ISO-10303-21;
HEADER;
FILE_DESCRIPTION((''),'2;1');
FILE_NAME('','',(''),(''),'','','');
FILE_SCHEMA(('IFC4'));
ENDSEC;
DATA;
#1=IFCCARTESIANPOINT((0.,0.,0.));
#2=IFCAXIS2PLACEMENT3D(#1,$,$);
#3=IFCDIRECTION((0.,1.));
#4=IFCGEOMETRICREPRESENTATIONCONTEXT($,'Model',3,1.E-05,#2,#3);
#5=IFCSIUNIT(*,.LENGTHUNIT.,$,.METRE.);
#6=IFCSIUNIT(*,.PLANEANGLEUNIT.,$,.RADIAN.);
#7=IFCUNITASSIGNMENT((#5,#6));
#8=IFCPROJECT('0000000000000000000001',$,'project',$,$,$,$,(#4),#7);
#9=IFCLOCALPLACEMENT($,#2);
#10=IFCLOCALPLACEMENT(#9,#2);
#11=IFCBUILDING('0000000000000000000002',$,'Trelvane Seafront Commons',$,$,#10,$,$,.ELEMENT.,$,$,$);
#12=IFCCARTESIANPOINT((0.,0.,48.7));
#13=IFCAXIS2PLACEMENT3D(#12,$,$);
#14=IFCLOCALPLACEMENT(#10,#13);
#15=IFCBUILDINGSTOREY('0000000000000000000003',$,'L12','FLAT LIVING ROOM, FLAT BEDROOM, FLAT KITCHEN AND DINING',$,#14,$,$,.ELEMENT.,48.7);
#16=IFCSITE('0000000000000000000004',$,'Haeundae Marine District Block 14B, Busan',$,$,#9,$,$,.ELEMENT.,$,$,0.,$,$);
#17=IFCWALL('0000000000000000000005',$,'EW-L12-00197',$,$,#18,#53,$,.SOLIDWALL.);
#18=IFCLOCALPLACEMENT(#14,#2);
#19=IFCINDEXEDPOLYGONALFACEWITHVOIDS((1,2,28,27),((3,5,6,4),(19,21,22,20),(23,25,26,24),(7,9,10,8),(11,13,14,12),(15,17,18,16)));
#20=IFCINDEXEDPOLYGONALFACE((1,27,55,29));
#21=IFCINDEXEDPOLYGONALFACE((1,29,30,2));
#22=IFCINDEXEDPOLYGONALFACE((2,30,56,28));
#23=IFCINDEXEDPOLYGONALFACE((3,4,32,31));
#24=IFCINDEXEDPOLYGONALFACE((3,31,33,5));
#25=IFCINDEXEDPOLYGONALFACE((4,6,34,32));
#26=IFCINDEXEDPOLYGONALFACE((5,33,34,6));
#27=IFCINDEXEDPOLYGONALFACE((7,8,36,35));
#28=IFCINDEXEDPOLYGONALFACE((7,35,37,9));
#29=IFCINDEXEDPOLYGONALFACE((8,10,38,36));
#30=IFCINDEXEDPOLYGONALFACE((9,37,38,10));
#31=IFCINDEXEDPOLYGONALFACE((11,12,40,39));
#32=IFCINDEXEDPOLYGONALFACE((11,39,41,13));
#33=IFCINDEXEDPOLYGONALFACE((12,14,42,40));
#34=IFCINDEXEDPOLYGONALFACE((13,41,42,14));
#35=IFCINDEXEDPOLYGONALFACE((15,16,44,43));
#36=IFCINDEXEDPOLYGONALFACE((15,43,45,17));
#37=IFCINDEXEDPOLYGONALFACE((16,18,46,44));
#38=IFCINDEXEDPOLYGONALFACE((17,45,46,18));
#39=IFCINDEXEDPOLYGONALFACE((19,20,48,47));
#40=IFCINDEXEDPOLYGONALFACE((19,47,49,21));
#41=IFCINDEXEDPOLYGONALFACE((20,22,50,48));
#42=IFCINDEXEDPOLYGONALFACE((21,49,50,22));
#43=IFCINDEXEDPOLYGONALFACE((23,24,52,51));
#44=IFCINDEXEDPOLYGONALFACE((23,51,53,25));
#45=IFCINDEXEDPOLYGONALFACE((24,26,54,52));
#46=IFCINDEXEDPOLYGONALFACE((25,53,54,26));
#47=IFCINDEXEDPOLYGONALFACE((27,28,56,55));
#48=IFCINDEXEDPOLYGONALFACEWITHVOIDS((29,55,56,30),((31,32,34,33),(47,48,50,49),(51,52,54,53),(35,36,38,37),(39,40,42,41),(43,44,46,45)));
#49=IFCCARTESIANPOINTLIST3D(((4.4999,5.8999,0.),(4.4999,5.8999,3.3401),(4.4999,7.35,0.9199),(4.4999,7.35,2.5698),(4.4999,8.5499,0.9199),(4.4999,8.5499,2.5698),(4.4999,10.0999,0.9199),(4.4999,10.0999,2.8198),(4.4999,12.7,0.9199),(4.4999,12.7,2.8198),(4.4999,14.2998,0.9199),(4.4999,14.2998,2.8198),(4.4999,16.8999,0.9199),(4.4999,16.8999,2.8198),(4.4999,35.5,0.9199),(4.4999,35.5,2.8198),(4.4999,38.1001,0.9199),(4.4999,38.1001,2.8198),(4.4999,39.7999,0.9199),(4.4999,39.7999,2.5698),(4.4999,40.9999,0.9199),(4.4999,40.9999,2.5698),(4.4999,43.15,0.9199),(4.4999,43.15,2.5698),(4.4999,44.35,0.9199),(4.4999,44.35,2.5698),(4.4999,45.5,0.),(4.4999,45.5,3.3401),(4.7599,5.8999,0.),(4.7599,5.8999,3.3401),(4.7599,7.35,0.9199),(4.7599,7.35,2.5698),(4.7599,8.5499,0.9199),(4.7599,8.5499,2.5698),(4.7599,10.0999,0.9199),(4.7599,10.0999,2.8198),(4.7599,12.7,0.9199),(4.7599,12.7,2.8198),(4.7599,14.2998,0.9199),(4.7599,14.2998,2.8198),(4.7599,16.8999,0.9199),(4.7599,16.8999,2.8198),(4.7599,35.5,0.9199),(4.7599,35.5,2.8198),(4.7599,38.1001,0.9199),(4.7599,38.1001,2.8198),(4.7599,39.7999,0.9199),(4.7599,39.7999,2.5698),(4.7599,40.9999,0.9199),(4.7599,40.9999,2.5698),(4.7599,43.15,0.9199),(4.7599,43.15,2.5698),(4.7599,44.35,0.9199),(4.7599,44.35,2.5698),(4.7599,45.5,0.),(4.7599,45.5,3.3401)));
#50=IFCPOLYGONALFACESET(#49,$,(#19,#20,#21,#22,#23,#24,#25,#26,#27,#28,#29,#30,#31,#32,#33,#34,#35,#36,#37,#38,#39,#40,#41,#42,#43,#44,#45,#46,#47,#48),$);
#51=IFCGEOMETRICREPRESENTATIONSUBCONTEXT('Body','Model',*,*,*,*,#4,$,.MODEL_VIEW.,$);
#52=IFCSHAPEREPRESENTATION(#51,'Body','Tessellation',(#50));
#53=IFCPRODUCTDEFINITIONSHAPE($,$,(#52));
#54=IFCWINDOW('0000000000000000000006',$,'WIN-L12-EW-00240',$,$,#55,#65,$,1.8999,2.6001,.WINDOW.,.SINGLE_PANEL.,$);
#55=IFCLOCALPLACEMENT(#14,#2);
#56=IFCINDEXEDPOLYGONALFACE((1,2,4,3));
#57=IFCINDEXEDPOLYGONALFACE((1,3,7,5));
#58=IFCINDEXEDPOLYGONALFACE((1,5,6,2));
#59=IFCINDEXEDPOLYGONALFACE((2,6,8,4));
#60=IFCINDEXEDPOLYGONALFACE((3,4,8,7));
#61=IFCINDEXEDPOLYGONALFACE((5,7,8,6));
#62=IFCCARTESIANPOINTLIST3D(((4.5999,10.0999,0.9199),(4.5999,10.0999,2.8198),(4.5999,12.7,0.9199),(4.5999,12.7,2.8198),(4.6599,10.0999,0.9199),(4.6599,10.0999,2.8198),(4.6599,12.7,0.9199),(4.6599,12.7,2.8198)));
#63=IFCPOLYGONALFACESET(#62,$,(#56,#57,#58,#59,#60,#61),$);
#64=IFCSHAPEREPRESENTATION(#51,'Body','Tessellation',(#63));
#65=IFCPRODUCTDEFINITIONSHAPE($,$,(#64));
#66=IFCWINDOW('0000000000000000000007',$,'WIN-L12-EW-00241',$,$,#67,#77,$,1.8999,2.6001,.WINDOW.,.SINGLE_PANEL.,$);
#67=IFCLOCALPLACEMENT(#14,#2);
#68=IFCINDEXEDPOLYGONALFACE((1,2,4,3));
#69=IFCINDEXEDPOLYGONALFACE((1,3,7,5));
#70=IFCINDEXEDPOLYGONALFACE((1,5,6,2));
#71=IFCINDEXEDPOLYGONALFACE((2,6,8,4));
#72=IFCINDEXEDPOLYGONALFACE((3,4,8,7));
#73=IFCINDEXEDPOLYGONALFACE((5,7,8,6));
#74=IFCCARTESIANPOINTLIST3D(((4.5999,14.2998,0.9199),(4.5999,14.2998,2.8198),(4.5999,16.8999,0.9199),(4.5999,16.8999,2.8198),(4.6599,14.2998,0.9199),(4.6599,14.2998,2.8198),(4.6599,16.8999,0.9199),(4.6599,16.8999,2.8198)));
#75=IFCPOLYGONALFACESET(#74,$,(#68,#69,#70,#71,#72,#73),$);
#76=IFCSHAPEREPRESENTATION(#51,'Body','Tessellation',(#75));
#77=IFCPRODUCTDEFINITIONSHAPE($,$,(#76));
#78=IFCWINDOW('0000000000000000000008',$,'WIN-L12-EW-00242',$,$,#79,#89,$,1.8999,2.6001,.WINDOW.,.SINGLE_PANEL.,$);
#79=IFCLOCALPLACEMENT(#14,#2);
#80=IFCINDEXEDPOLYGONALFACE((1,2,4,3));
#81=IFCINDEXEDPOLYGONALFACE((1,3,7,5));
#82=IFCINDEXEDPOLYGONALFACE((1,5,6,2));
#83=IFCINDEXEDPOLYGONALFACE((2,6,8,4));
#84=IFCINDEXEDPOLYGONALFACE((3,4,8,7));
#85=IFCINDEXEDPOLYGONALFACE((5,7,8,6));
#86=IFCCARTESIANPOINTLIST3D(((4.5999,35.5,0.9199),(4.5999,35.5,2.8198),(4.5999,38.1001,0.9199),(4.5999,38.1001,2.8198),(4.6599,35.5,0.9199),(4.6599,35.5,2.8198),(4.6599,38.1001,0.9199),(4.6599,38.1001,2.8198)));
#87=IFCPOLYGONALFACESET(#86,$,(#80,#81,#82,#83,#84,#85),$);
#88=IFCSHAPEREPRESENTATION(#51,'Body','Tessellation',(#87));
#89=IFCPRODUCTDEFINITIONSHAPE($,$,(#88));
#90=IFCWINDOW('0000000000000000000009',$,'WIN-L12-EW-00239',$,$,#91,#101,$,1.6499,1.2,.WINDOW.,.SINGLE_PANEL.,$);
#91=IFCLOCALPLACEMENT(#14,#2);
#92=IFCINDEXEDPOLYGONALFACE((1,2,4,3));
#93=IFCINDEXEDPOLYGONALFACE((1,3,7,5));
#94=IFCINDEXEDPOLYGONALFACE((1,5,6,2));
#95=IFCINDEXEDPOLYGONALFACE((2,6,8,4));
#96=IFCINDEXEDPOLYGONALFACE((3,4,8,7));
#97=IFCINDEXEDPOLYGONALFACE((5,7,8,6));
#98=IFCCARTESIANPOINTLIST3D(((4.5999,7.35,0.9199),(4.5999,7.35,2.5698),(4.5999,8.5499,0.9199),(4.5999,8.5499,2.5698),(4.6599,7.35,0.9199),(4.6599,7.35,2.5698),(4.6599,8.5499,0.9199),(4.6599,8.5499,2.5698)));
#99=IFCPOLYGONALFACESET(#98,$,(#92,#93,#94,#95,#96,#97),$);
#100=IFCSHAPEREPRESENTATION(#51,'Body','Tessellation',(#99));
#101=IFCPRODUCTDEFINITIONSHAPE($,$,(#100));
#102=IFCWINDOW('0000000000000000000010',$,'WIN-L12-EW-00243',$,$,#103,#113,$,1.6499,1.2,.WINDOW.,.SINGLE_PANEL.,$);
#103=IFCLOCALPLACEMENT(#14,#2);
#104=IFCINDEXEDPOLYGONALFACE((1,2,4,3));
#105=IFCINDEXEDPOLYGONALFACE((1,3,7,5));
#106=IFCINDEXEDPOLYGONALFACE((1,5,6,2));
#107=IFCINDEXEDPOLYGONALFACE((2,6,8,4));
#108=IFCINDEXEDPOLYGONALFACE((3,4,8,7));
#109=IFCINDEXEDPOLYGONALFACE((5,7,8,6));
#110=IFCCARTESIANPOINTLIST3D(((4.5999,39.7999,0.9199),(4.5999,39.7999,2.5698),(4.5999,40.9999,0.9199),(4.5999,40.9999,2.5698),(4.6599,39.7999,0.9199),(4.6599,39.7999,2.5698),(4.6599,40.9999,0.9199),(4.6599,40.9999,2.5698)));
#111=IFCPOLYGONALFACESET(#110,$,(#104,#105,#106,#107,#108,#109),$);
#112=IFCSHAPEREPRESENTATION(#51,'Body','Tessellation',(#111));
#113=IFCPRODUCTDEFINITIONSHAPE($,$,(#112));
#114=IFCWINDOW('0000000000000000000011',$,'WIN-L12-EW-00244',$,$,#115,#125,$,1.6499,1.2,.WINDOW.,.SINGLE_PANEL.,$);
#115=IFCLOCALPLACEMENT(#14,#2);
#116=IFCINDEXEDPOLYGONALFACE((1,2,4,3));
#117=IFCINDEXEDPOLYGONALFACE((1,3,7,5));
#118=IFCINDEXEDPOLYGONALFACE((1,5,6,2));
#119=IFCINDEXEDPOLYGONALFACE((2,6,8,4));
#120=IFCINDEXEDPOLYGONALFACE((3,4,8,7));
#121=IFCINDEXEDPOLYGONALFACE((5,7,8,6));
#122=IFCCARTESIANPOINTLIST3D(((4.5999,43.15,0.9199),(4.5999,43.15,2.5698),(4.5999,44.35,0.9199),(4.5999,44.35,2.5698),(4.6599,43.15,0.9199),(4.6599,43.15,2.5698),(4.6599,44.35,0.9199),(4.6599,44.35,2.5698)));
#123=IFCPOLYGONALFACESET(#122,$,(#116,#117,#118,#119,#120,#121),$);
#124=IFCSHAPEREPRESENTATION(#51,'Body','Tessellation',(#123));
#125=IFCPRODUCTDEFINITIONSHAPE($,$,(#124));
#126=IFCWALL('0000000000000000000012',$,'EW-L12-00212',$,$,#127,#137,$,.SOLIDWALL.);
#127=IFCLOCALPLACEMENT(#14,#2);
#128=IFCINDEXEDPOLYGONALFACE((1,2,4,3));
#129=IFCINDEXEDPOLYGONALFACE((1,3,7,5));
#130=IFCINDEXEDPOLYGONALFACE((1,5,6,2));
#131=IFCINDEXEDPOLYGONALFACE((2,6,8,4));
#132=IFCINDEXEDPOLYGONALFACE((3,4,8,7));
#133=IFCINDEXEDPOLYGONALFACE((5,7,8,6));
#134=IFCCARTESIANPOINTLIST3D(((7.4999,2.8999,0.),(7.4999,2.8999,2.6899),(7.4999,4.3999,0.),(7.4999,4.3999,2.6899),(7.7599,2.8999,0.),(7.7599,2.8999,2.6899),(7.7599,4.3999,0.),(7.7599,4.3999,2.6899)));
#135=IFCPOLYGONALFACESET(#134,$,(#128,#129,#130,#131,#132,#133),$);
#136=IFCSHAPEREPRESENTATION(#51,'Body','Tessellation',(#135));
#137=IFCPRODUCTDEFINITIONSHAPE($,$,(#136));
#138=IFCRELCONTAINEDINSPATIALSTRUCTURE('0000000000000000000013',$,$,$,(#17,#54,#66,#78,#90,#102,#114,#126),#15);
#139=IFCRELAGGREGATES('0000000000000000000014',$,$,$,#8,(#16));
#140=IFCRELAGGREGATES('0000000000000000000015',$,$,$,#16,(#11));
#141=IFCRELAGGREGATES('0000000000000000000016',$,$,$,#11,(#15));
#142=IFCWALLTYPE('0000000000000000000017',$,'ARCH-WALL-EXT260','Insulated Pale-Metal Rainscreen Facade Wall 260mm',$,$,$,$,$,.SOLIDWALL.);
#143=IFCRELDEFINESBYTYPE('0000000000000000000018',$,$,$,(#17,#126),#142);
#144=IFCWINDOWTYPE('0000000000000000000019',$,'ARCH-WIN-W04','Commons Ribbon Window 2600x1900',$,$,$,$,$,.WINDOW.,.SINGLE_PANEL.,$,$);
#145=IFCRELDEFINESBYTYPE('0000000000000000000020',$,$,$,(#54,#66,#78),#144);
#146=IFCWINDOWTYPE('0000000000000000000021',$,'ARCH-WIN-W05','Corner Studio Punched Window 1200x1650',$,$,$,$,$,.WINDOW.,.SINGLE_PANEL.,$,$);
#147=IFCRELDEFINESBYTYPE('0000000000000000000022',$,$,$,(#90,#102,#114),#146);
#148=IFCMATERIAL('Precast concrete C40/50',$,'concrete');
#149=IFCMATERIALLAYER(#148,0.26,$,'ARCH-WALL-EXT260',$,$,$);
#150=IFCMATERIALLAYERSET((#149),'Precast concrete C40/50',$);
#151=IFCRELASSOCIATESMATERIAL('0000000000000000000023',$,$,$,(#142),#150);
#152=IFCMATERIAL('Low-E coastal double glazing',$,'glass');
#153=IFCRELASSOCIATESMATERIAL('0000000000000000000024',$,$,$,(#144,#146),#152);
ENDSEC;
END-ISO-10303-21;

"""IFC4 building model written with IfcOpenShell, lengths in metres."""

from ifc_helpers import new_model, si_unit, direction, frame, frame_2d, origin, place, context, subcontext, project, spatial, rectangle, extrude, source, transform, mapped, material, layer, layer_set, type_object, element, fill, save


model = new_model("IFC4")

# Units and contexts
model_context = context("Model", 3, precision=1e-05, world=origin(), true_north=direction((0.0, 1.0)))
body_context = subcontext(model_context, "Body", "Model", "MODEL_VIEW")
ifc_project = project(units=[si_unit("LENGTHUNIT", "METRE"), si_unit("PLANEANGLEUNIT", "RADIAN")], contexts=[model_context])

# Site, building, storey
site_placement = place(None, origin())
site = spatial("IfcSite", under=ifc_project, at=site_placement, Name="Haeundae Marine District Block 14B, Busan", CompositionType="ELEMENT", RefElevation=0.0)
building_placement = place(site_placement, origin())
building = spatial("IfcBuilding", under=site, at=building_placement, Name="Trelvane Seafront Commons", CompositionType="ELEMENT")
storey_placement = place(building_placement, frame((0.0, 0.0, 48.7)))
storey = spatial("IfcBuildingStorey", under=building, at=storey_placement, Name="L12", Description="FLAT LIVING ROOM, FLAT BEDROOM, FLAT KITCHEN AND DINING", CompositionType="ELEMENT", Elevation=48.7)

# Shared definitions
ifc_material_1 = material(Name="Precast concrete C40/50", Category="concrete")
ifc_layer_1 = layer(ifc_material_1, 0.26, Name="ARCH-WALL-EXT260")
ifc_layer_set_1 = layer_set([ifc_layer_1], Name="Precast concrete C40/50")
wall_type_1 = type_object("IfcWallType", Name="ARCH-WALL-EXT260", Description="Insulated Pale-Metal Rainscreen Facade Wall 260mm", PredefinedType="SOLIDWALL", material=ifc_layer_set_1)

# Wall, openings, windows
wall_1_placement = place(storey_placement, frame((4.6299, 5.8999, 0.0), z_axis=(0.0, 0.0, 1.0), x_axis=(0.0, 1.0, 0.0)))
wall_1 = element("IfcWall", 1, at=wall_1_placement, inside=storey, type_object=wall_type_1, Name="EW-L12-00197", PredefinedType="SOLIDWALL", context=body_context, shape_type="SweptSolid", body=[
    extrude(rectangle(XDim=39.6001, YDim=0.26, at=frame_2d((19.8, 0.0))), origin(), (0.0, 0.0, 1.0), 3.3401),
])
opening_1_placement = place(wall_1_placement, frame((1.45, 0.0, 0.9199)))
opening_1 = element("IfcOpeningElement", 2, at=opening_1_placement, cuts=wall_1, PredefinedType="OPENING", context=body_context, shape_type="SweptSolid", body=[
    extrude(rectangle(XDim=1.2, YDim=1.6499, at=frame_2d((0.6001, 0.825))), frame((0.0, 0.1399, 0.0), z_axis=(0.0, -1.0, 0.0), x_axis=(1.0, 0.0, 0.0)), (0.0, 0.0, 1.0), 0.28),
])
opening_2_placement = place(wall_1_placement, frame((4.2, 0.0, 0.9199)))
opening_2 = element("IfcOpeningElement", 3, at=opening_2_placement, cuts=wall_1, PredefinedType="OPENING", context=body_context, shape_type="SweptSolid", body=[
    extrude(rectangle(XDim=2.6001, YDim=1.8999, at=frame_2d((1.3, 0.95))), frame((0.0, 0.1399, 0.0), z_axis=(0.0, -1.0, 0.0), x_axis=(1.0, 0.0, 0.0)), (0.0, 0.0, 1.0), 0.28),
])
opening_3_placement = place(wall_1_placement, frame((8.3999, 0.0, 0.9199)))
opening_3 = element("IfcOpeningElement", 4, at=opening_3_placement, cuts=wall_1, PredefinedType="OPENING", context=body_context, shape_type="SweptSolid", body=[
    extrude(rectangle(XDim=2.6001, YDim=1.8999, at=frame_2d((1.3, 0.95))), frame((0.0, 0.1399, 0.0), z_axis=(0.0, -1.0, 0.0), x_axis=(1.0, 0.0, 0.0)), (0.0, 0.0, 1.0), 0.28),
])
opening_4_placement = place(wall_1_placement, frame((29.6001, 0.0, 0.9199)))
opening_4 = element("IfcOpeningElement", 5, at=opening_4_placement, cuts=wall_1, PredefinedType="OPENING", context=body_context, shape_type="SweptSolid", body=[
    extrude(rectangle(XDim=2.6001, YDim=1.8999, at=frame_2d((1.3, 0.95))), frame((0.0, 0.1399, 0.0), z_axis=(0.0, -1.0, 0.0), x_axis=(1.0, 0.0, 0.0)), (0.0, 0.0, 1.0), 0.28),
])
opening_5_placement = place(wall_1_placement, frame((33.8999, 0.0, 0.9199)))
opening_5 = element("IfcOpeningElement", 6, at=opening_5_placement, cuts=wall_1, PredefinedType="OPENING", context=body_context, shape_type="SweptSolid", body=[
    extrude(rectangle(XDim=1.2, YDim=1.6499, at=frame_2d((0.6001, 0.825))), frame((0.0, 0.1399, 0.0), z_axis=(0.0, -1.0, 0.0), x_axis=(1.0, 0.0, 0.0)), (0.0, 0.0, 1.0), 0.28),
])
opening_6_placement = place(wall_1_placement, frame((37.25, 0.0, 0.9199)))
opening_6 = element("IfcOpeningElement", 7, at=opening_6_placement, cuts=wall_1, PredefinedType="OPENING", context=body_context, shape_type="SweptSolid", body=[
    extrude(rectangle(XDim=1.2, YDim=1.6499, at=frame_2d((0.6001, 0.825))), frame((0.0, 0.1399, 0.0), z_axis=(0.0, -1.0, 0.0), x_axis=(1.0, 0.0, 0.0)), (0.0, 0.0, 1.0), 0.28),
])
ifc_material_2 = material(Name="Low-E coastal double glazing", Category="glass")
window_type_1 = type_object("IfcWindowType", Name="ARCH-WIN-W04", Description="Commons Ribbon Window 2600x1900", PartitioningType="SINGLE_PANEL", PredefinedType="WINDOW", material=ifc_material_2)
shared_shape_1 = source(origin(), body_context, "Body", "SweptSolid", [
    extrude(rectangle(XDim=2.6001, YDim=1.8999, at=frame_2d((1.3, 0.95))), frame((0.0, 0.03, 0.0), z_axis=(0.0, -1.0, 0.0), x_axis=(1.0, 0.0, 0.0)), (0.0, 0.0, 1.0), 0.0601),
])
window_1_placement = place(opening_2_placement, origin())
window_1 = element("IfcWindow", 8, at=window_1_placement, inside=storey, type_object=window_type_1, Name="WIN-L12-EW-00240", OverallHeight=1.8999, OverallWidth=2.6001, PartitioningType="SINGLE_PANEL", PredefinedType="WINDOW", context=body_context, shape_type="MappedRepresentation", body=[
    mapped(shared_shape_1, transform((0.0, 0.0, 0.0), x_axis=(1.0, 0.0, 0.0), y_axis=(0.0, 1.0, 0.0), z_axis=(0.0, 0.0, 1.0), scale=1.0)),
])
fill(opening_2, window_1)
window_2_placement = place(opening_3_placement, origin())
window_2 = element("IfcWindow", 9, at=window_2_placement, inside=storey, type_object=window_type_1, Name="WIN-L12-EW-00241", OverallHeight=1.8999, OverallWidth=2.6001, PartitioningType="SINGLE_PANEL", PredefinedType="WINDOW", context=body_context, shape_type="MappedRepresentation", body=[
    mapped(shared_shape_1, transform((0.0, 0.0, 0.0), x_axis=(1.0, 0.0, 0.0), y_axis=(0.0, 1.0, 0.0), z_axis=(0.0, 0.0, 1.0), scale=1.0)),
])
fill(opening_3, window_2)
window_3_placement = place(opening_4_placement, origin())
window_3 = element("IfcWindow", 10, at=window_3_placement, inside=storey, type_object=window_type_1, Name="WIN-L12-EW-00242", OverallHeight=1.8999, OverallWidth=2.6001, PartitioningType="SINGLE_PANEL", PredefinedType="WINDOW", context=body_context, shape_type="MappedRepresentation", body=[
    mapped(shared_shape_1, transform((0.0, 0.0, 0.0), x_axis=(1.0, 0.0, 0.0), y_axis=(0.0, 1.0, 0.0), z_axis=(0.0, 0.0, 1.0), scale=1.0)),
])
fill(opening_4, window_3)
window_type_2 = type_object("IfcWindowType", Name="ARCH-WIN-W05", Description="Corner Studio Punched Window 1200x1650", PartitioningType="SINGLE_PANEL", PredefinedType="WINDOW", material=ifc_material_2)
shared_shape_2 = source(origin(), body_context, "Body", "SweptSolid", [
    extrude(rectangle(XDim=1.2, YDim=1.6499, at=frame_2d((0.6001, 0.825))), frame((0.0, 0.03, 0.0), z_axis=(0.0, -1.0, 0.0), x_axis=(1.0, 0.0, 0.0)), (0.0, 0.0, 1.0), 0.0601),
])
window_4_placement = place(opening_1_placement, origin())
window_4 = element("IfcWindow", 11, at=window_4_placement, inside=storey, type_object=window_type_2, Name="WIN-L12-EW-00239", OverallHeight=1.6499, OverallWidth=1.2, PartitioningType="SINGLE_PANEL", PredefinedType="WINDOW", context=body_context, shape_type="MappedRepresentation", body=[
    mapped(shared_shape_2, transform((0.0, 0.0, 0.0), x_axis=(1.0, 0.0, 0.0), y_axis=(0.0, 1.0, 0.0), z_axis=(0.0, 0.0, 1.0), scale=1.0)),
])
fill(opening_1, window_4)
window_5_placement = place(opening_5_placement, origin())
window_5 = element("IfcWindow", 12, at=window_5_placement, inside=storey, type_object=window_type_2, Name="WIN-L12-EW-00243", OverallHeight=1.6499, OverallWidth=1.2, PartitioningType="SINGLE_PANEL", PredefinedType="WINDOW", context=body_context, shape_type="MappedRepresentation", body=[
    mapped(shared_shape_2, transform((0.0, 0.0, 0.0), x_axis=(1.0, 0.0, 0.0), y_axis=(0.0, 1.0, 0.0), z_axis=(0.0, 0.0, 1.0), scale=1.0)),
])
fill(opening_5, window_5)
window_6_placement = place(opening_6_placement, origin())
window_6 = element("IfcWindow", 13, at=window_6_placement, inside=storey, type_object=window_type_2, Name="WIN-L12-EW-00244", OverallHeight=1.6499, OverallWidth=1.2, PartitioningType="SINGLE_PANEL", PredefinedType="WINDOW", context=body_context, shape_type="MappedRepresentation", body=[
    mapped(shared_shape_2, transform((0.0, 0.0, 0.0), x_axis=(1.0, 0.0, 0.0), y_axis=(0.0, 1.0, 0.0), z_axis=(0.0, 0.0, 1.0), scale=1.0)),
])
fill(opening_6, window_6)

# Wall
wall_2_placement = place(storey_placement, frame((7.6299, 2.8999, 0.0), z_axis=(0.0, 0.0, 1.0), x_axis=(0.0, 1.0, 0.0)))
element("IfcWall", 14, at=wall_2_placement, inside=storey, type_object=wall_type_1, Name="EW-L12-00212", PredefinedType="SOLIDWALL", context=body_context, shape_type="SweptSolid", body=[
    extrude(rectangle(XDim=1.5, YDim=0.26, at=frame_2d((0.75, 0.0))), origin(), (0.0, 0.0, 1.0), 2.6899),
])

save(model, "model.ifc")
